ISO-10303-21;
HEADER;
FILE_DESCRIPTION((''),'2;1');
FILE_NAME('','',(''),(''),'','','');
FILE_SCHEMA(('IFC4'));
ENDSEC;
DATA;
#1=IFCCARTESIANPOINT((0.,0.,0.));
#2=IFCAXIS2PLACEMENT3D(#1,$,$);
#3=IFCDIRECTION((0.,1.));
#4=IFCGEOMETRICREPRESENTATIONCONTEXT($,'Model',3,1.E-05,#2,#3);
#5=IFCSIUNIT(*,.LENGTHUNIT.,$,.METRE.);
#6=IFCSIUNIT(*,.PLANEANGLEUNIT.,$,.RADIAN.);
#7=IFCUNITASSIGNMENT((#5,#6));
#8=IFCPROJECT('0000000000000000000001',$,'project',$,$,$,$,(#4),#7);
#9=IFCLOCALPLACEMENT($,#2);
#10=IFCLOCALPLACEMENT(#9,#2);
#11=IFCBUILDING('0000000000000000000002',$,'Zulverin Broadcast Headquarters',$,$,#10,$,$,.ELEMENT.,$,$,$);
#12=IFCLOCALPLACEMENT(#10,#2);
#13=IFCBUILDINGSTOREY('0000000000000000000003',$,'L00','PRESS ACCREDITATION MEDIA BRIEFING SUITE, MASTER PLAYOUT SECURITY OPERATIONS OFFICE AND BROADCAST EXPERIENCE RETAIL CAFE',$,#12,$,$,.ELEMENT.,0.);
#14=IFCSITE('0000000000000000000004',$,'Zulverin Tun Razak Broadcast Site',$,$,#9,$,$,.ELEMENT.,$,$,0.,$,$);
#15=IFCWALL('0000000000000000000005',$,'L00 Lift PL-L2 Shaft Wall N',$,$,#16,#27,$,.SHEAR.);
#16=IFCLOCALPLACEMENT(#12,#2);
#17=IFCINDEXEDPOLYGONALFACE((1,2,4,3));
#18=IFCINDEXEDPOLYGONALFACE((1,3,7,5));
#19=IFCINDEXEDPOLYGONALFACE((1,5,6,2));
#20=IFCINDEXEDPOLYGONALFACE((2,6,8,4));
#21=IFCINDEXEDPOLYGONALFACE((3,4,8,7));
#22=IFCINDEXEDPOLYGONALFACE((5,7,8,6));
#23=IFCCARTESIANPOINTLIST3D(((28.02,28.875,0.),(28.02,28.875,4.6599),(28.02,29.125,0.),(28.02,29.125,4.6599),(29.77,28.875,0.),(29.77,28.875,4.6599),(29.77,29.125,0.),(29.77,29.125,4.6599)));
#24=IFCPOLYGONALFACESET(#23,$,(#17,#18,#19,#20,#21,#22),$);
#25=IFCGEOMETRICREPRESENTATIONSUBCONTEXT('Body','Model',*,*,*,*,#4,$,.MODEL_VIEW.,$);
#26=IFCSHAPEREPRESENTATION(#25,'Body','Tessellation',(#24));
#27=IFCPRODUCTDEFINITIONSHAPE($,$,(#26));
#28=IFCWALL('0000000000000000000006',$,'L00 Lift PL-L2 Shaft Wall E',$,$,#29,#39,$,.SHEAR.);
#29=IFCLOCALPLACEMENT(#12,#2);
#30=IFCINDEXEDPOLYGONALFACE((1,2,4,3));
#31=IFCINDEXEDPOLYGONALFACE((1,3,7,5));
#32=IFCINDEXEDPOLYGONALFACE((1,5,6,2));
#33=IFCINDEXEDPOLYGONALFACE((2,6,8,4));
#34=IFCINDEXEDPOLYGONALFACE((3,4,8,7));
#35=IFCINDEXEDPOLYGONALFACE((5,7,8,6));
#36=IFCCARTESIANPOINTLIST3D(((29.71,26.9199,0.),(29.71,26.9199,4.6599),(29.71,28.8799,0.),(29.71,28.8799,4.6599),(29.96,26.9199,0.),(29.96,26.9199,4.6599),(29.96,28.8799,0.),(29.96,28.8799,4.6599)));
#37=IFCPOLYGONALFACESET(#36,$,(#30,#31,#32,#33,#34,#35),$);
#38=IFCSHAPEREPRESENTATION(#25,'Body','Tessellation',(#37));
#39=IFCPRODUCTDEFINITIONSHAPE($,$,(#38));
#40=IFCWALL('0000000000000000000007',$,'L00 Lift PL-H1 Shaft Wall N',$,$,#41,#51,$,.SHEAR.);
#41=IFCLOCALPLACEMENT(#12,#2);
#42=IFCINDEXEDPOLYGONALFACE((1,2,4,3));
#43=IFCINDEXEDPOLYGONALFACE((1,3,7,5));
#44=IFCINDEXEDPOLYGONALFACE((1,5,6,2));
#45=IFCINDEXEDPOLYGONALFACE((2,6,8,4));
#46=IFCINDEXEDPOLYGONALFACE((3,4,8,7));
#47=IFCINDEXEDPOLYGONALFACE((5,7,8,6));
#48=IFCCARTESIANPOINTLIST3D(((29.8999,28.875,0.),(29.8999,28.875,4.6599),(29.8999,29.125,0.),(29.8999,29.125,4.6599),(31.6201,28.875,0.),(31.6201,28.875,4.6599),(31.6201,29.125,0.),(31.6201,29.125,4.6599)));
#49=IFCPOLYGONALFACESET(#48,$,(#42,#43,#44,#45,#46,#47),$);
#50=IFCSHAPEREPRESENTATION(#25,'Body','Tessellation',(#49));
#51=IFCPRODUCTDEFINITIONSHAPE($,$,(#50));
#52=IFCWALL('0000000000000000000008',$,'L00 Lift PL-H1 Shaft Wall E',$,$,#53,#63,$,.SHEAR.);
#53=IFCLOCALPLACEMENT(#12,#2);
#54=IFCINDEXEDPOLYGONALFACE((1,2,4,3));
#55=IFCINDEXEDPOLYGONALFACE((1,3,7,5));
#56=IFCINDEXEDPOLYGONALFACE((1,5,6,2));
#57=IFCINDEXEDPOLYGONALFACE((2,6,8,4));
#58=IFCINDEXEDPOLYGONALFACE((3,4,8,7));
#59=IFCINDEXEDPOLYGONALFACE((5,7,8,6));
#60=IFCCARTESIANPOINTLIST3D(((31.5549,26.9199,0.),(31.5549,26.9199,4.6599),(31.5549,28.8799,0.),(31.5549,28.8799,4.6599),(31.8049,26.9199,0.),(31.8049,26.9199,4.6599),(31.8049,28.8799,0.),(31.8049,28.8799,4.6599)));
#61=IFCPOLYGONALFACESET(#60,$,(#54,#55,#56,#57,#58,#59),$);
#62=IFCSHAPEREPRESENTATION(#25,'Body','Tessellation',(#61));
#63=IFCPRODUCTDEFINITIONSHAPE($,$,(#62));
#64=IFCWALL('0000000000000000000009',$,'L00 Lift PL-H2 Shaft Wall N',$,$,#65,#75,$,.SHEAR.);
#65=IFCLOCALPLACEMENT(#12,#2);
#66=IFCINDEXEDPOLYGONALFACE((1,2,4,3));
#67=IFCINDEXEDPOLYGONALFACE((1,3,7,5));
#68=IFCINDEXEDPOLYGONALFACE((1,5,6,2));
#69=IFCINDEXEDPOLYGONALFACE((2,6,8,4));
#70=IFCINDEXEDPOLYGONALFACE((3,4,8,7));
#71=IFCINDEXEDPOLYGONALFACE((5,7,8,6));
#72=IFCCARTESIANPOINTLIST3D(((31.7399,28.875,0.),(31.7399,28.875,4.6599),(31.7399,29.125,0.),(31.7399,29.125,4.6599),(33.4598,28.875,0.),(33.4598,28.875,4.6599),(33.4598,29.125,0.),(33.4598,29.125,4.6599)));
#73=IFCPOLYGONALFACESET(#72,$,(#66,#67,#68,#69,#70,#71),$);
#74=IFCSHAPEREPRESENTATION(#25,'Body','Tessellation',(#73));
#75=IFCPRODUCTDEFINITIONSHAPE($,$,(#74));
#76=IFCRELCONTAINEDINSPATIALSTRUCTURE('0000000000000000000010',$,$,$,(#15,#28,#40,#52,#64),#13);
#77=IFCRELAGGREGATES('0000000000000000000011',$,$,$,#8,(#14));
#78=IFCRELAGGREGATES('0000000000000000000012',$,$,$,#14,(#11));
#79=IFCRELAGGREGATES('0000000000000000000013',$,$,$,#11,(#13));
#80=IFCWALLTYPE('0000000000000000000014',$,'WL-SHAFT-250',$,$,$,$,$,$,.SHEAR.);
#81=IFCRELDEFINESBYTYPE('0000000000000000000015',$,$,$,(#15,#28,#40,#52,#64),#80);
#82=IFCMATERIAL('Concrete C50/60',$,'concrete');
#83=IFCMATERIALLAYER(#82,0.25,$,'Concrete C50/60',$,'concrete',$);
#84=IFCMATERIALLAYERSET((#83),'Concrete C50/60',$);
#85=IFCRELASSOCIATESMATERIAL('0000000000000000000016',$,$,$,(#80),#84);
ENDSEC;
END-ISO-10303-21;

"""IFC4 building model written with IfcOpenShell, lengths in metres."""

from ifc_helpers import new_model, si_unit, direction, frame, frame_2d, origin, place, context, subcontext, project, spatial, rectangle, extrude, material, layer, layer_set, type_object, element, save


model = new_model("IFC4")

# Units and contexts
model_context = context("Model", 3, precision=1e-05, world=origin(), true_north=direction((0.0, 1.0)))
body_context = subcontext(model_context, "Body", "Model", "MODEL_VIEW")
ifc_project = project(units=[si_unit("LENGTHUNIT", "METRE"), si_unit("PLANEANGLEUNIT", "RADIAN")], contexts=[model_context])

# Site, building, storey
site_placement = place(None, origin())
site = spatial("IfcSite", under=ifc_project, at=site_placement, Name="Zulverin Tun Razak Broadcast Site", CompositionType="ELEMENT", RefElevation=0.0)
building_placement = place(site_placement, origin())
building = spatial("IfcBuilding", under=site, at=building_placement, Name="Zulverin Broadcast Headquarters", CompositionType="ELEMENT")
storey_placement = place(building_placement, origin())
storey = spatial("IfcBuildingStorey", under=building, at=storey_placement, Name="L00", Description="PRESS ACCREDITATION MEDIA BRIEFING SUITE, MASTER PLAYOUT SECURITY OPERATIONS OFFICE AND BROADCAST EXPERIENCE RETAIL CAFE", CompositionType="ELEMENT", Elevation=0.0)

# Walls
ifc_material_1 = material(Name="Concrete C50/60", Category="concrete")
ifc_layer_1 = layer(ifc_material_1, 0.25, Name="Concrete C50/60", Category="concrete")
ifc_layer_set_1 = layer_set([ifc_layer_1], Name="Concrete C50/60")
wall_type_1 = type_object("IfcWallType", Name="WL-SHAFT-250", PredefinedType="SHEAR", material=ifc_layer_set_1)
wall_1_placement = place(storey_placement, frame((28.02, 29.0, 0.0), z_axis=(0.0, 0.0, 1.0), x_axis=(1.0, 0.0, 0.0)))
element("IfcWall", 1, at=wall_1_placement, inside=storey, type_object=wall_type_1, Name="L00 Lift PL-L2 Shaft Wall N", PredefinedType="SHEAR", context=body_context, shape_type="SweptSolid", body=[
    extrude(rectangle(XDim=1.75, YDim=0.25, at=frame_2d((0.875, 0.0))), origin(), (0.0, 0.0, 1.0), 4.6599),
])
wall_2_placement = place(storey_placement, frame((29.835, 26.9199, 0.0), z_axis=(0.0, 0.0, 1.0), x_axis=(0.0, 1.0, 0.0)))
element("IfcWall", 2, at=wall_2_placement, inside=storey, type_object=wall_type_1, Name="L00 Lift PL-L2 Shaft Wall E", PredefinedType="SHEAR", context=body_context, shape_type="SweptSolid", body=[
    extrude(rectangle(XDim=1.96, YDim=0.25, at=frame_2d((0.98, 0.0))), origin(), (0.0, 0.0, 1.0), 4.6599),
])

# Walls
wall_3_placement = place(storey_placement, frame((29.8999, 29.0, 0.0), z_axis=(0.0, 0.0, 1.0), x_axis=(1.0, 0.0, 0.0)))
element("IfcWall", 3, at=wall_3_placement, inside=storey, type_object=wall_type_1, Name="L00 Lift PL-H1 Shaft Wall N", PredefinedType="SHEAR", context=body_context, shape_type="SweptSolid", body=[
    extrude(rectangle(XDim=1.7202, YDim=0.25, at=frame_2d((0.8601, 0.0))), origin(), (0.0, 0.0, 1.0), 4.6599),
])
wall_4_placement = place(storey_placement, frame((31.6799, 26.9199, 0.0), z_axis=(0.0, 0.0, 1.0), x_axis=(0.0, 1.0, 0.0)))
element("IfcWall", 4, at=wall_4_placement, inside=storey, type_object=wall_type_1, Name="L00 Lift PL-H1 Shaft Wall E", PredefinedType="SHEAR", context=body_context, shape_type="SweptSolid", body=[
    extrude(rectangle(XDim=1.96, YDim=0.25, at=frame_2d((0.98, 0.0))), origin(), (0.0, 0.0, 1.0), 4.6599),
])

# Wall
wall_5_placement = place(storey_placement, frame((31.74, 29.0, 0.0), z_axis=(0.0, 0.0, 1.0), x_axis=(1.0, 0.0, 0.0)))
element("IfcWall", 5, at=wall_5_placement, inside=storey, type_object=wall_type_1, Name="L00 Lift PL-H2 Shaft Wall N", PredefinedType="SHEAR", context=body_context, shape_type="SweptSolid", body=[
    extrude(rectangle(XDim=1.72, YDim=0.25, at=frame_2d((0.8599, 0.0))), origin(), (0.0, 0.0, 1.0), 4.6599),
])

save(model, "model.ifc")
